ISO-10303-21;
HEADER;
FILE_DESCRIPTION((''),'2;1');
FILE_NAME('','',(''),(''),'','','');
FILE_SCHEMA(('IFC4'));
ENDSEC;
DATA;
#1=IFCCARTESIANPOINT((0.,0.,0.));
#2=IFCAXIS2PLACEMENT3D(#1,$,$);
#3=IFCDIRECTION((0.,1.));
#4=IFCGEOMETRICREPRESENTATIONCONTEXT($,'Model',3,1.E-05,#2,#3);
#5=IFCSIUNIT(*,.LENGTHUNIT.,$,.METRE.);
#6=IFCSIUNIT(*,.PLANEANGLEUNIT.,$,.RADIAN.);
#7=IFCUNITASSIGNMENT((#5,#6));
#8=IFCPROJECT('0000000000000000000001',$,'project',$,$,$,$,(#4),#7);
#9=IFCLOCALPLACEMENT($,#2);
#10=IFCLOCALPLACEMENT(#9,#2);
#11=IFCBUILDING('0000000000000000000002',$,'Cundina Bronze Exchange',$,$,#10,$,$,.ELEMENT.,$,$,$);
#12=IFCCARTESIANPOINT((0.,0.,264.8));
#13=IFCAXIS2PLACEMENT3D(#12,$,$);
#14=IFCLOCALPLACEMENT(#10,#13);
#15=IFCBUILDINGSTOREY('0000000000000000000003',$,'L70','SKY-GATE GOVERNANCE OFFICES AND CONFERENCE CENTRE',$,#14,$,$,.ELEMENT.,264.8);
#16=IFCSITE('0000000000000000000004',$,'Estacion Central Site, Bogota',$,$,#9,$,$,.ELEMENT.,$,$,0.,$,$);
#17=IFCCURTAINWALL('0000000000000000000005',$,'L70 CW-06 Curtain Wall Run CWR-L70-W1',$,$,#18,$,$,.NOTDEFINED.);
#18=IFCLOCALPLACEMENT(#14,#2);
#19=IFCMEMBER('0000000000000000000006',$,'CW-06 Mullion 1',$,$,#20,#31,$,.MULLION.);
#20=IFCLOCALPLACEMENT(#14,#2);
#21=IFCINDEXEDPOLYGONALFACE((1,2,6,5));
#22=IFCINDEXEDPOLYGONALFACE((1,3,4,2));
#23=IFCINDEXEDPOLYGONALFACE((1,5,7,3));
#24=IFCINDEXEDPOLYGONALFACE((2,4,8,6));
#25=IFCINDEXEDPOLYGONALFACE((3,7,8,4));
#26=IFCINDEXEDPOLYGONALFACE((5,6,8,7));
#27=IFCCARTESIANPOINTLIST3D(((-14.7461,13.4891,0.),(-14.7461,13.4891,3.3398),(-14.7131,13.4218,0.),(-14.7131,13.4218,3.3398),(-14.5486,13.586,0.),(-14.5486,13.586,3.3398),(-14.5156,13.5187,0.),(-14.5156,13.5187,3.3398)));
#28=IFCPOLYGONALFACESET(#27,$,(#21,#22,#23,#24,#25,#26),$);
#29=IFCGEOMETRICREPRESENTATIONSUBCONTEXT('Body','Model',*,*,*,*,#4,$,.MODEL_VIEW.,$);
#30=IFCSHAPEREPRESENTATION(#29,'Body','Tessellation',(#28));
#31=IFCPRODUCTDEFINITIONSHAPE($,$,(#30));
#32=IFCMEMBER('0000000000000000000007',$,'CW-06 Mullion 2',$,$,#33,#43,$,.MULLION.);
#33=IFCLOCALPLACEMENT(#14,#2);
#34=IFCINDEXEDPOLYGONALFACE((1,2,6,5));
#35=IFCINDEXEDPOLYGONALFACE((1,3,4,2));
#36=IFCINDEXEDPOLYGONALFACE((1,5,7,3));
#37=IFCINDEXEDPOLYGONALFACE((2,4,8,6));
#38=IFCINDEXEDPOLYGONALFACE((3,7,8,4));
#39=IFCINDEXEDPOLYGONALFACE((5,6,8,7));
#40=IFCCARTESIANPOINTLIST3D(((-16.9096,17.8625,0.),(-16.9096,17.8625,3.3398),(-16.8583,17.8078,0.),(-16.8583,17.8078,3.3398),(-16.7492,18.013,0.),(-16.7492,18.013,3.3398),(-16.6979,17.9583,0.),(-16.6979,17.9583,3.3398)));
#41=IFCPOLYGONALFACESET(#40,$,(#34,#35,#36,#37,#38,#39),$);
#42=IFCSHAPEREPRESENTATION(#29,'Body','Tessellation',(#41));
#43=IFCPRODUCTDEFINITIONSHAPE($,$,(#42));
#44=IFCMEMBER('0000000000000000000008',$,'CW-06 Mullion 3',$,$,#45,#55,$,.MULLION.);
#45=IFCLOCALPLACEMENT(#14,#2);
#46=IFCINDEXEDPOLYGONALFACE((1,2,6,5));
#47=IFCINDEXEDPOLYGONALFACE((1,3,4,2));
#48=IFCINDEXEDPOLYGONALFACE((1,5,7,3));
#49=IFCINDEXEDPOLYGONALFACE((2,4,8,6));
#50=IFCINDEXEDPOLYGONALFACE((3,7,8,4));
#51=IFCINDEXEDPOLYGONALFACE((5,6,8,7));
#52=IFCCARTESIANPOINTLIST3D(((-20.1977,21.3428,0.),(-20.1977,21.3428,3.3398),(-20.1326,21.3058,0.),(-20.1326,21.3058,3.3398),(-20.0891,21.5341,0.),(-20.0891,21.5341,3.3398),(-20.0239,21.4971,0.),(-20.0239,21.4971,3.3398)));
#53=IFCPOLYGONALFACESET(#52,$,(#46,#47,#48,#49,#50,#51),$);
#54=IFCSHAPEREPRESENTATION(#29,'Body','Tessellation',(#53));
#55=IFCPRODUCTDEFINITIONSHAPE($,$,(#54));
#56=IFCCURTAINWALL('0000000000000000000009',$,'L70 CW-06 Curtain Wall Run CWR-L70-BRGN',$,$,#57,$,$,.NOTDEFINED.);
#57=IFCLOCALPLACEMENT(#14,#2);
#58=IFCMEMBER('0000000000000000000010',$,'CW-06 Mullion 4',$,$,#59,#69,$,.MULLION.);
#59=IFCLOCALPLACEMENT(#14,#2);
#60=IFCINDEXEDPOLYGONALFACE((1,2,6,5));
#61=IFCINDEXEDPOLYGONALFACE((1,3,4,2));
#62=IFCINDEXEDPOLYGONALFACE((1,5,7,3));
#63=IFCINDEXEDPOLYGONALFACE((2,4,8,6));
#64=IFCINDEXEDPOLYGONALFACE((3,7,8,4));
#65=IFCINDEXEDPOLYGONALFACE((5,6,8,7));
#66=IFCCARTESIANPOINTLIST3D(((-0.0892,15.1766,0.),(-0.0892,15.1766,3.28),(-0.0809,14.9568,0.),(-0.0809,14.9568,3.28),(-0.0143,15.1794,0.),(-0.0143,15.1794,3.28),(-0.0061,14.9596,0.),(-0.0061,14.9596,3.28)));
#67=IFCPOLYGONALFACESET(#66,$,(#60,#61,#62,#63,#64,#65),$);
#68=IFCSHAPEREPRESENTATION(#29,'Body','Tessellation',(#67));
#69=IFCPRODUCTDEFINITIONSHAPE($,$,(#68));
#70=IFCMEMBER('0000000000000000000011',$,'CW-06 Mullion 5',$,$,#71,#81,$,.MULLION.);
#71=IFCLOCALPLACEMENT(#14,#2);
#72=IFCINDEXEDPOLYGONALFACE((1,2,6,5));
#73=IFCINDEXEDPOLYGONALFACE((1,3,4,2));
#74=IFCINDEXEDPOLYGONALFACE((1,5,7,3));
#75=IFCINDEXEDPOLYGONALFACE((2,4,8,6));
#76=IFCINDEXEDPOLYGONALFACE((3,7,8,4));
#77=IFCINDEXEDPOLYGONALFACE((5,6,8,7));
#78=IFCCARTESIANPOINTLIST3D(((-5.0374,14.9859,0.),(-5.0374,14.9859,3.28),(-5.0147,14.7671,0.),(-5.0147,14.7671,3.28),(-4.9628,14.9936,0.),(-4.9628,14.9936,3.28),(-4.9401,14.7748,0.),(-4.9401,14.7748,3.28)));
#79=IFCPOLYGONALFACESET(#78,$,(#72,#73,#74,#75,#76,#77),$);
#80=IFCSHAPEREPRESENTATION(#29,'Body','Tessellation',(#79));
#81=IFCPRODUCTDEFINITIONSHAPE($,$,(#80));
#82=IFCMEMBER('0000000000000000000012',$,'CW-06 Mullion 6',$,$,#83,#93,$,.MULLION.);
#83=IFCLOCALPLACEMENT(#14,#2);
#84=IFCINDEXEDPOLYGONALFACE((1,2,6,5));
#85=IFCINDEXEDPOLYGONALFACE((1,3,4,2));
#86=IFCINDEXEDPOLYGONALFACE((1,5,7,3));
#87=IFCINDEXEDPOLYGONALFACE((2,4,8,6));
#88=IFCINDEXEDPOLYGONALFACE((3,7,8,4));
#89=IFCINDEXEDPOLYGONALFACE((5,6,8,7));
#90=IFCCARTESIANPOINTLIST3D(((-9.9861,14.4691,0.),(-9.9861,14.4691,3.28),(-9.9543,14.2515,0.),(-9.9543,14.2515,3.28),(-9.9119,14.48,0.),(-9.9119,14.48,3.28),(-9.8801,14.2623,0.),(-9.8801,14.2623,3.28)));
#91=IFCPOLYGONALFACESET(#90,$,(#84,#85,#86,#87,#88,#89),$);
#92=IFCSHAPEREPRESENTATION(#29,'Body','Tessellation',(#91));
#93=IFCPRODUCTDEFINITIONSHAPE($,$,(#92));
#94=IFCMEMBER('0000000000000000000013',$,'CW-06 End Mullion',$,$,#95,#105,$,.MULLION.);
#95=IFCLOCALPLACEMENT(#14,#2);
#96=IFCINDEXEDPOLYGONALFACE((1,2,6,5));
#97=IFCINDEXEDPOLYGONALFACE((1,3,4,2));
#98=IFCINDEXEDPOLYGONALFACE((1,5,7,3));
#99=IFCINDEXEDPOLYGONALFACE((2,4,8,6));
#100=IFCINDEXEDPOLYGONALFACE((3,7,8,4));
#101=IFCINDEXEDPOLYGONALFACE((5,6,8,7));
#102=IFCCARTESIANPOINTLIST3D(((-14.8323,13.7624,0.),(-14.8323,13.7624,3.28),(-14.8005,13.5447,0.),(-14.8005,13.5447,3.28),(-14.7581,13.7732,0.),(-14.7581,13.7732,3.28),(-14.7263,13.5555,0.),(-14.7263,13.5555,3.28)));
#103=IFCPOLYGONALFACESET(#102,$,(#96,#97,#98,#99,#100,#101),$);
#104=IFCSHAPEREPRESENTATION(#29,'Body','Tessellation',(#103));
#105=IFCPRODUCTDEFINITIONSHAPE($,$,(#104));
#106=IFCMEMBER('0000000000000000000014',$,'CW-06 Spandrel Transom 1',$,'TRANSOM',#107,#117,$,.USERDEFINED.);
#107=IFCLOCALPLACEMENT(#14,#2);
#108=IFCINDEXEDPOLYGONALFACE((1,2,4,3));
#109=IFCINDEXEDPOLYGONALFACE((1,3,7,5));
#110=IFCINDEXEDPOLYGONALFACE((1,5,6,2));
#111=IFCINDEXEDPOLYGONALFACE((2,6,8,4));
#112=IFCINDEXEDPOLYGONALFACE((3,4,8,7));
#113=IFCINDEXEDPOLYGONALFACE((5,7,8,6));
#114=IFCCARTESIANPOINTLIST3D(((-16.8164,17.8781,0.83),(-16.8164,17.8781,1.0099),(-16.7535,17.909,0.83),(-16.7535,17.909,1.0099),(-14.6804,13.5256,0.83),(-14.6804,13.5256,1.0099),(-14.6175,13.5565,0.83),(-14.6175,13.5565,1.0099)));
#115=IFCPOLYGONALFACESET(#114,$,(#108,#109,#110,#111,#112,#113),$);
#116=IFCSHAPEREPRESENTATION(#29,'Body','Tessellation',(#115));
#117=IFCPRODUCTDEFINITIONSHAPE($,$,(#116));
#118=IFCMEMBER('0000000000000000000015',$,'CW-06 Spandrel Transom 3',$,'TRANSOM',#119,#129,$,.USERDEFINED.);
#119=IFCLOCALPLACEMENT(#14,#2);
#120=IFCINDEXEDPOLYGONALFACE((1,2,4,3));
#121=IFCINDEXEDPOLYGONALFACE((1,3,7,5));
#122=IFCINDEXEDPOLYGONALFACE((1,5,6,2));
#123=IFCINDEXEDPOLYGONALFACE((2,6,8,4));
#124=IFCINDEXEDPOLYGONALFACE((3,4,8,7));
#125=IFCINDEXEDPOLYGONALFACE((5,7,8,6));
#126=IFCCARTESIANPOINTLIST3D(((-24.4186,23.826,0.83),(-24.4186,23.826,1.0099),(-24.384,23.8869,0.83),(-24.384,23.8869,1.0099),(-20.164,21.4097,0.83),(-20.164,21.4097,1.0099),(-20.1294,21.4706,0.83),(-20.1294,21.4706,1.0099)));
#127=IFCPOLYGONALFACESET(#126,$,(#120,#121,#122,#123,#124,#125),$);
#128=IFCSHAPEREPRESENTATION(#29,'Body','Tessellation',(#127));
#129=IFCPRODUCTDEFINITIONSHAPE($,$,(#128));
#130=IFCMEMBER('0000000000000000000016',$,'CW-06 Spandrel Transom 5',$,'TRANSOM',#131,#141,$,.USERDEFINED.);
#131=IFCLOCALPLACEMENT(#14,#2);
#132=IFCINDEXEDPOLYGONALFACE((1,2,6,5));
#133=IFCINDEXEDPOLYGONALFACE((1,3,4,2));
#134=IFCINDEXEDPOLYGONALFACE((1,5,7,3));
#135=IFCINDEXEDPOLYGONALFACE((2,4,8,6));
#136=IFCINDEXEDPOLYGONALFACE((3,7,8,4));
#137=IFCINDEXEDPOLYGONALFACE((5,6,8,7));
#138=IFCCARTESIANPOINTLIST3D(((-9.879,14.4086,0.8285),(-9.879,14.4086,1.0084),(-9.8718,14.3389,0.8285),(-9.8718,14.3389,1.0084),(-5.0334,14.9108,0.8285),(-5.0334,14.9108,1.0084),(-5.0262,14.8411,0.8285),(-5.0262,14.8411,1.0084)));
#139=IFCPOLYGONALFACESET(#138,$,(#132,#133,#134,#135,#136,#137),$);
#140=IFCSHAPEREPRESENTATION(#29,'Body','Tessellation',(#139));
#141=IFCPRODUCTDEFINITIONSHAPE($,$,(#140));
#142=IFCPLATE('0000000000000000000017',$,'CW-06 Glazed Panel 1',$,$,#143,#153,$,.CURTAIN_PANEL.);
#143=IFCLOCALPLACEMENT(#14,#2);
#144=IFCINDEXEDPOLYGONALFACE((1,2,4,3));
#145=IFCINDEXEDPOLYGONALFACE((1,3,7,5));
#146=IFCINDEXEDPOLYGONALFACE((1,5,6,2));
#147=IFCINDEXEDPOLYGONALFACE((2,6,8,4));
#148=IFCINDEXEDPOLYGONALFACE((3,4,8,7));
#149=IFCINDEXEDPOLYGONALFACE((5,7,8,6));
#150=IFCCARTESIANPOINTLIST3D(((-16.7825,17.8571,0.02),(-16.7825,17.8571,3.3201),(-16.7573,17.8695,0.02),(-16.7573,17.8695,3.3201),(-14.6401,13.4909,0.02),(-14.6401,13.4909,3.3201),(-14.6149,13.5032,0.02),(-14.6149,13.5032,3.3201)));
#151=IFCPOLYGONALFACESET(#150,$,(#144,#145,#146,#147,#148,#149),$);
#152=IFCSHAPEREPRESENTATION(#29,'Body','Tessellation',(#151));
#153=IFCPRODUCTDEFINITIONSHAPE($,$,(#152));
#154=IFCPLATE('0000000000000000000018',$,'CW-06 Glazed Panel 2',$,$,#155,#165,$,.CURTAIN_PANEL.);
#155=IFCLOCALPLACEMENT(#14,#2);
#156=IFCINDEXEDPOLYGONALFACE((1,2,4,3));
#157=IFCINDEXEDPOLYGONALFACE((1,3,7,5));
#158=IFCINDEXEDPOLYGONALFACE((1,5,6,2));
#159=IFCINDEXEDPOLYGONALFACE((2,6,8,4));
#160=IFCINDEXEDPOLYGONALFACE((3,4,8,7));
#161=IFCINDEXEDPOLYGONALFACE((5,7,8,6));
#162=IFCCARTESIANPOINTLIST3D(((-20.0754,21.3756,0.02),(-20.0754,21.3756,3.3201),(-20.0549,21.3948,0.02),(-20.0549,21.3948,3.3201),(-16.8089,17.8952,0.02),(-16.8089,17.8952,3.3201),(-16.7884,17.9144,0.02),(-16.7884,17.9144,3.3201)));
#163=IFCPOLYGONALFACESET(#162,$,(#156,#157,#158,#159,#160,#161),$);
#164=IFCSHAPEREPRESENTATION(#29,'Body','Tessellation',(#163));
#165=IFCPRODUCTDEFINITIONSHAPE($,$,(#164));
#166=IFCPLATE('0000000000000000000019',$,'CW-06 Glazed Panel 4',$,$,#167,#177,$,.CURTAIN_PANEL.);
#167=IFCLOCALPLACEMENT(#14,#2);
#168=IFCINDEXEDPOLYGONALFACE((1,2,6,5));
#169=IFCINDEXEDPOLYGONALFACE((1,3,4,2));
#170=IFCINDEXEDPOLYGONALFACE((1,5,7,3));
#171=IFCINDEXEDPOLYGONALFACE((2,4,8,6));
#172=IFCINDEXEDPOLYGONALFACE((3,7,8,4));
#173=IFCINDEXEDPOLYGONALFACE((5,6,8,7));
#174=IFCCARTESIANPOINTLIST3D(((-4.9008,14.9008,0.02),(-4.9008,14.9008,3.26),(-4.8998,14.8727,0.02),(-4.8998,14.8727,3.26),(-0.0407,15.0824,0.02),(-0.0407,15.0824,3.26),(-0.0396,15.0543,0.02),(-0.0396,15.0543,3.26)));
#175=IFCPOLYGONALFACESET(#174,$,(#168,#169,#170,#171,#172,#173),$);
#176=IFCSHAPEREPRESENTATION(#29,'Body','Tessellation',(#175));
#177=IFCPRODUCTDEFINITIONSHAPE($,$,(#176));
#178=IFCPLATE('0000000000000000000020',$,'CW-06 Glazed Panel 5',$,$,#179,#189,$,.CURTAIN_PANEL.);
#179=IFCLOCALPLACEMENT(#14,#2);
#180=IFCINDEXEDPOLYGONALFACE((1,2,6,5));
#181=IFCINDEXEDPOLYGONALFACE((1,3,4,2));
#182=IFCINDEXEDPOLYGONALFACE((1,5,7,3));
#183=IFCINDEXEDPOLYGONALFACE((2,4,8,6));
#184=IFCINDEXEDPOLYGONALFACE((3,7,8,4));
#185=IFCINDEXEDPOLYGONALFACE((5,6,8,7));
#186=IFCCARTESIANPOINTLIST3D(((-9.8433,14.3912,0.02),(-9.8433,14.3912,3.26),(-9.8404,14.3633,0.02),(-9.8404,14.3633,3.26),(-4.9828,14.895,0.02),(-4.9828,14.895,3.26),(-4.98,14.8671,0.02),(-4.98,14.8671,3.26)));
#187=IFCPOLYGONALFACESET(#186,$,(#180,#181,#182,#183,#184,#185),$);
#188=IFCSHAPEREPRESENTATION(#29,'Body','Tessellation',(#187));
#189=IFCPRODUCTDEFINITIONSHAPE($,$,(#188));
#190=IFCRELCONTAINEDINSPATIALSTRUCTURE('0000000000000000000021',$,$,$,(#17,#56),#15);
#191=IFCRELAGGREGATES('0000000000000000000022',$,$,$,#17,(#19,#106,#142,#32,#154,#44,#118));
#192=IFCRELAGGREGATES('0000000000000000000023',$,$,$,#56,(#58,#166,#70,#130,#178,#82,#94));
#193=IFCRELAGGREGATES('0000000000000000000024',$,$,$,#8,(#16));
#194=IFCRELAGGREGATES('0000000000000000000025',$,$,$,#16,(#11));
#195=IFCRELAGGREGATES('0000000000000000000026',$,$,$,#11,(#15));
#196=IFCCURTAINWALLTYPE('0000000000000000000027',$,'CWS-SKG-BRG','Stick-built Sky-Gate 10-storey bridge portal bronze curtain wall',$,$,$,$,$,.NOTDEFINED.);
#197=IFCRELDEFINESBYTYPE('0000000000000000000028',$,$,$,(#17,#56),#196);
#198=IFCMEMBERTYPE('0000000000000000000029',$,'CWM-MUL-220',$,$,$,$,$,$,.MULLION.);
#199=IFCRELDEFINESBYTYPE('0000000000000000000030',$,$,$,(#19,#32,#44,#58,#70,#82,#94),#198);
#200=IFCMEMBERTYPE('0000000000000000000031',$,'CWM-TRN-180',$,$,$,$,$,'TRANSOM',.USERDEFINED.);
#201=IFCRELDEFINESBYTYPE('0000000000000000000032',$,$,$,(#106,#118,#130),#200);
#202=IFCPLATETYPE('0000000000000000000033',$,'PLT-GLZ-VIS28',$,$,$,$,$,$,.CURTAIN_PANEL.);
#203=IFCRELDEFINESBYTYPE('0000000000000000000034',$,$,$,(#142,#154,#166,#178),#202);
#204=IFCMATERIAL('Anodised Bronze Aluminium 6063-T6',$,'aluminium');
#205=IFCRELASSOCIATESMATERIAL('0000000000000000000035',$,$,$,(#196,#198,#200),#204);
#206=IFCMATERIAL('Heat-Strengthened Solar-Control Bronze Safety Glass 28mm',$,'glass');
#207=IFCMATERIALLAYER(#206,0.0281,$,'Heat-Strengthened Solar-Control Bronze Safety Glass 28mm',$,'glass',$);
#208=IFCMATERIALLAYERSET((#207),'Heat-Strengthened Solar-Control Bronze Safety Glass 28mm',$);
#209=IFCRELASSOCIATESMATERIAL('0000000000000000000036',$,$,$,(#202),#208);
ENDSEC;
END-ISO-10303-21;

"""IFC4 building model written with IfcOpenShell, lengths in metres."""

from ifc_helpers import new_model, si_unit, direction, frame, origin, origin_2d, place, context, subcontext, project, spatial, rectangle, extrude, material, layer, layer_set, material_profile, profile_set, type_object, element, aggregate, save


model = new_model("IFC4")

# Units and contexts
model_context = context("Model", 3, precision=1e-05, world=origin(), true_north=direction((0.0, 1.0)))
body_context = subcontext(model_context, "Body", "Model", "MODEL_VIEW")
ifc_project = project(units=[si_unit("LENGTHUNIT", "METRE"), si_unit("PLANEANGLEUNIT", "RADIAN")], contexts=[model_context])

# Site, building, storey
site_placement = place(None, origin())
site = spatial("IfcSite", under=ifc_project, at=site_placement, Name="Estacion Central Site, Bogota", CompositionType="ELEMENT", RefElevation=0.0)
building_placement = place(site_placement, origin())
building = spatial("IfcBuilding", under=site, at=building_placement, Name="Cundina Bronze Exchange", CompositionType="ELEMENT")
storey_placement = place(building_placement, frame((0.0, 0.0, 264.8)))
storey = spatial("IfcBuildingStorey", under=building, at=storey_placement, Name="L70", Description="SKY-GATE GOVERNANCE OFFICES AND CONFERENCE CENTRE", CompositionType="ELEMENT", Elevation=264.8)

# Curtain walls, members
ifc_material_1 = material(Name="Anodised Bronze Aluminium 6063-T6", Category="aluminium")
curtain_wall_type = type_object("IfcCurtainWallType", Name="CWS-SKG-BRG", Description="Stick-built Sky-Gate 10-storey bridge portal bronze curtain wall", PredefinedType="NOTDEFINED", material=ifc_material_1)
curtain_wall_1_placement = place(storey_placement, origin())
curtain_wall_1 = element("IfcCurtainWall", 1, at=curtain_wall_1_placement, inside=storey, type_object=curtain_wall_type, Name="L70 CW-06 Curtain Wall Run CWR-L70-W1", PredefinedType="NOTDEFINED")
ifc_material_profile_1 = material_profile(ifc_material_1, rectangle(XDim=0.075, YDim=0.22, at=origin_2d()), Name="AL75X220", Category="aluminium")
ifc_profile_set_1 = profile_set([ifc_material_profile_1], Name="Anodised Bronze Aluminium 6063-T6")
member_type_1 = type_object("IfcMemberType", Name="CWM-MUL-220", PredefinedType="MULLION", material=ifc_profile_set_1)
member_1_placement = place(storey_placement, frame((-14.6309, 13.5039, 0.0), z_axis=(0.0, 0.0, 1.0), x_axis=(-0.440566, 0.89772, 0.0)))
member_1 = element("IfcMember", 2, at=member_1_placement, type_object=member_type_1, Name="CW-06 Mullion 1", PredefinedType="MULLION", context=body_context, shape_type="SweptSolid", body=[
    extrude(rectangle(XDim=0.075, YDim=0.22, at=origin_2d()), origin(), (0.0, 0.0, 1.0), 3.3398),
])
member_2_placement = place(storey_placement, frame((-16.8037, 17.9104, 0.0), z_axis=(0.0, 0.0, 1.0), x_axis=(-0.684293, 0.729208, 0.0)))
member_2 = element("IfcMember", 3, at=member_2_placement, type_object=member_type_1, Name="CW-06 Mullion 2", PredefinedType="MULLION", context=body_context, shape_type="SweptSolid", body=[
    extrude(rectangle(XDim=0.075, YDim=0.22, at=origin_2d()), origin(), (0.0, 0.0, 1.0), 3.3398),
])
member_3_placement = place(storey_placement, frame((-20.1108, 21.4199, 0.0), z_axis=(0.0, 0.0, 1.0), x_axis=(-0.869581, 0.49379, 0.0)))
member_3 = element("IfcMember", 4, at=member_3_placement, type_object=member_type_1, Name="CW-06 Mullion 3", PredefinedType="MULLION", context=body_context, shape_type="SweptSolid", body=[
    extrude(rectangle(XDim=0.075, YDim=0.22, at=origin_2d()), origin(), (0.0, 0.0, 1.0), 3.3398),
])
curtain_wall_2_placement = place(storey_placement, origin())
curtain_wall_2 = element("IfcCurtainWall", 5, at=curtain_wall_2_placement, inside=storey, type_object=curtain_wall_type, Name="L70 CW-06 Curtain Wall Run CWR-L70-BRGN", PredefinedType="NOTDEFINED")
member_4_placement = place(storey_placement, frame((-0.0476, 15.0681, 0.0), z_axis=(0.0, 0.0, 1.0), x_axis=(-0.999303, -0.037341, 0.0)))
member_4 = element("IfcMember", 6, at=member_4_placement, type_object=member_type_1, Name="CW-06 Mullion 4", PredefinedType="MULLION", context=body_context, shape_type="SweptSolid", body=[
    extrude(rectangle(XDim=0.075, YDim=0.22, at=origin_2d()), origin(), (0.0, 0.0, 1.0), 3.28),
])
member_5_placement = place(storey_placement, frame((-4.9888, 14.8804, 0.0), z_axis=(0.0, 0.0, 1.0), x_axis=(-0.994667, -0.10314, 0.0)))
member_5 = element("IfcMember", 7, at=member_5_placement, type_object=member_type_1, Name="CW-06 Mullion 5", PredefinedType="MULLION", context=body_context, shape_type="SweptSolid", body=[
    extrude(rectangle(XDim=0.075, YDim=0.22, at=origin_2d()), origin(), (0.0, 0.0, 1.0), 3.28),
])
member_6_placement = place(storey_placement, frame((-9.9331, 14.3657, 0.0), z_axis=(0.0, 0.0, 1.0), x_axis=(-0.989526, -0.144356, 0.0)))
member_6 = element("IfcMember", 8, at=member_6_placement, type_object=member_type_1, Name="CW-06 Mullion 6", PredefinedType="MULLION", context=body_context, shape_type="SweptSolid", body=[
    extrude(rectangle(XDim=0.075, YDim=0.22, at=origin_2d()), origin(), (0.0, 0.0, 1.0), 3.28),
])
member_7_placement = place(storey_placement, frame((-14.7793, 13.6589, 0.0), z_axis=(0.0, 0.0, 1.0), x_axis=(-0.989526, -0.144356, 0.0)))
member_7 = element("IfcMember", 9, at=member_7_placement, type_object=member_type_1, Name="CW-06 End Mullion", PredefinedType="MULLION", context=body_context, shape_type="SweptSolid", body=[
    extrude(rectangle(XDim=0.075, YDim=0.22, at=origin_2d()), origin(), (0.0, 0.0, 1.0), 3.28),
])

# Members
ifc_material_profile_2 = material_profile(ifc_material_1, rectangle(XDim=0.0701, YDim=0.1799, at=origin_2d()), Name="AL70X180", Category="aluminium")
ifc_profile_set_2 = profile_set([ifc_material_profile_2], Name="Anodised Bronze Aluminium 6063-T6")
member_type_2 = type_object("IfcMemberType", Name="CWM-TRN-180", ElementType="TRANSOM", PredefinedType="USERDEFINED", material=ifc_profile_set_2)
member_8_placement = place(storey_placement, frame((-14.6489, 13.541, 0.9199), z_axis=(-0.440554, 0.897726, 0.0), x_axis=(-0.897726, -0.440554, 0.0)))
member_8 = element("IfcMember", 10, at=member_8_placement, type_object=member_type_2, Name="CW-06 Spandrel Transom 1", ObjectType="TRANSOM", PredefinedType="USERDEFINED", context=body_context, shape_type="SweptSolid", body=[
    extrude(rectangle(XDim=0.0701, YDim=0.1799, at=origin_2d()), origin(), (0.0, 0.0, 1.0), 4.8484),
])
member_9_placement = place(storey_placement, frame((-20.1467, 21.4402, 0.9199), z_axis=(-0.869557, 0.493832, 0.0), x_axis=(-0.493832, -0.869557, 0.0)))
member_9 = element("IfcMember", 11, at=member_9_placement, type_object=member_type_2, Name="CW-06 Spandrel Transom 3", ObjectType="TRANSOM", PredefinedType="USERDEFINED", context=body_context, shape_type="SweptSolid", body=[
    extrude(rectangle(XDim=0.0701, YDim=0.1799, at=origin_2d()), origin(), (0.0, 0.0, 1.0), 4.8928),
])
member_10_placement = place(storey_placement, frame((-5.0298, 14.876, 0.9185), z_axis=(-0.994672, -0.103086, 0.0), x_axis=(0.103086, -0.994672, 0.0)))
member_10 = element("IfcMember", 12, at=member_10_placement, type_object=member_type_2, Name="CW-06 Spandrel Transom 5", ObjectType="TRANSOM", PredefinedType="USERDEFINED", context=body_context, shape_type="SweptSolid", body=[
    extrude(rectangle(XDim=0.0701, YDim=0.1799, at=origin_2d()), origin(), (0.0, 0.0, 1.0), 4.8716),
])

# Plates
ifc_material_2 = material(Name="Heat-Strengthened Solar-Control Bronze Safety Glass 28mm", Category="glass")
ifc_layer_1 = layer(ifc_material_2, 0.0281, Name="Heat-Strengthened Solar-Control Bronze Safety Glass 28mm", Category="glass")
ifc_layer_set_1 = layer_set([ifc_layer_1], Name="Heat-Strengthened Solar-Control Bronze Safety Glass 28mm")
plate_type = type_object("IfcPlateType", Name="PLT-GLZ-VIS28", PredefinedType="CURTAIN_PANEL", material=ifc_layer_set_1)
plate_1_placement = place(storey_placement, frame((-15.6987, 15.6802, 0.02), z_axis=(0.0, 0.0, 1.0), x_axis=(-0.440503, 0.897751, 0.0)))
plate_1 = element("IfcPlate", 13, at=plate_1_placement, type_object=plate_type, Name="CW-06 Glazed Panel 1", PredefinedType="CURTAIN_PANEL", context=body_context, shape_type="SweptSolid", body=[
    extrude(rectangle(XDim=4.8635, YDim=0.0281, at=origin_2d()), origin(), (0.0, 0.0, 1.0), 3.3),
])
plate_2_placement = place(storey_placement, frame((-18.4319, 19.645, 0.02), z_axis=(0.0, 0.0, 1.0), x_axis=(-0.684344, 0.72916, 0.0)))
plate_2 = element("IfcPlate", 14, at=plate_2_placement, type_object=plate_type, Name="CW-06 Glazed Panel 2", PredefinedType="CURTAIN_PANEL", context=body_context, shape_type="SweptSolid", body=[
    extrude(rectangle(XDim=4.7732, YDim=0.0281, at=origin_2d()), origin(), (0.0, 0.0, 1.0), 3.3),
])
aggregate(curtain_wall_1, [member_1, member_8, plate_1, member_2, plate_2, member_3, member_9])
plate_3_placement = place(storey_placement, frame((-2.4702, 14.9775, 0.02), z_axis=(0.0, 0.0, 1.0), x_axis=(-0.999303, -0.037341, 0.0)))
plate_3 = element("IfcPlate", 15, at=plate_3_placement, type_object=plate_type, Name="CW-06 Glazed Panel 4", PredefinedType="CURTAIN_PANEL", context=body_context, shape_type="SweptSolid", body=[
    extrude(rectangle(XDim=4.8635, YDim=0.0281, at=origin_2d()), origin(), (0.0, 0.0, 1.0), 3.24),
])
plate_4_placement = place(storey_placement, frame((-7.4116, 14.6292, 0.02), z_axis=(0.0, 0.0, 1.0), x_axis=(-0.994672, -0.103088, 0.0)))
plate_4 = element("IfcPlate", 16, at=plate_4_placement, type_object=plate_type, Name="CW-06 Glazed Panel 5", PredefinedType="CURTAIN_PANEL", context=body_context, shape_type="SweptSolid", body=[
    extrude(rectangle(XDim=4.8865, YDim=0.0281, at=origin_2d()), origin(), (0.0, 0.0, 1.0), 3.24),
])
aggregate(curtain_wall_2, [member_4, plate_3, member_5, member_10, plate_4, member_6, member_7])

save(model, "model.ifc")
